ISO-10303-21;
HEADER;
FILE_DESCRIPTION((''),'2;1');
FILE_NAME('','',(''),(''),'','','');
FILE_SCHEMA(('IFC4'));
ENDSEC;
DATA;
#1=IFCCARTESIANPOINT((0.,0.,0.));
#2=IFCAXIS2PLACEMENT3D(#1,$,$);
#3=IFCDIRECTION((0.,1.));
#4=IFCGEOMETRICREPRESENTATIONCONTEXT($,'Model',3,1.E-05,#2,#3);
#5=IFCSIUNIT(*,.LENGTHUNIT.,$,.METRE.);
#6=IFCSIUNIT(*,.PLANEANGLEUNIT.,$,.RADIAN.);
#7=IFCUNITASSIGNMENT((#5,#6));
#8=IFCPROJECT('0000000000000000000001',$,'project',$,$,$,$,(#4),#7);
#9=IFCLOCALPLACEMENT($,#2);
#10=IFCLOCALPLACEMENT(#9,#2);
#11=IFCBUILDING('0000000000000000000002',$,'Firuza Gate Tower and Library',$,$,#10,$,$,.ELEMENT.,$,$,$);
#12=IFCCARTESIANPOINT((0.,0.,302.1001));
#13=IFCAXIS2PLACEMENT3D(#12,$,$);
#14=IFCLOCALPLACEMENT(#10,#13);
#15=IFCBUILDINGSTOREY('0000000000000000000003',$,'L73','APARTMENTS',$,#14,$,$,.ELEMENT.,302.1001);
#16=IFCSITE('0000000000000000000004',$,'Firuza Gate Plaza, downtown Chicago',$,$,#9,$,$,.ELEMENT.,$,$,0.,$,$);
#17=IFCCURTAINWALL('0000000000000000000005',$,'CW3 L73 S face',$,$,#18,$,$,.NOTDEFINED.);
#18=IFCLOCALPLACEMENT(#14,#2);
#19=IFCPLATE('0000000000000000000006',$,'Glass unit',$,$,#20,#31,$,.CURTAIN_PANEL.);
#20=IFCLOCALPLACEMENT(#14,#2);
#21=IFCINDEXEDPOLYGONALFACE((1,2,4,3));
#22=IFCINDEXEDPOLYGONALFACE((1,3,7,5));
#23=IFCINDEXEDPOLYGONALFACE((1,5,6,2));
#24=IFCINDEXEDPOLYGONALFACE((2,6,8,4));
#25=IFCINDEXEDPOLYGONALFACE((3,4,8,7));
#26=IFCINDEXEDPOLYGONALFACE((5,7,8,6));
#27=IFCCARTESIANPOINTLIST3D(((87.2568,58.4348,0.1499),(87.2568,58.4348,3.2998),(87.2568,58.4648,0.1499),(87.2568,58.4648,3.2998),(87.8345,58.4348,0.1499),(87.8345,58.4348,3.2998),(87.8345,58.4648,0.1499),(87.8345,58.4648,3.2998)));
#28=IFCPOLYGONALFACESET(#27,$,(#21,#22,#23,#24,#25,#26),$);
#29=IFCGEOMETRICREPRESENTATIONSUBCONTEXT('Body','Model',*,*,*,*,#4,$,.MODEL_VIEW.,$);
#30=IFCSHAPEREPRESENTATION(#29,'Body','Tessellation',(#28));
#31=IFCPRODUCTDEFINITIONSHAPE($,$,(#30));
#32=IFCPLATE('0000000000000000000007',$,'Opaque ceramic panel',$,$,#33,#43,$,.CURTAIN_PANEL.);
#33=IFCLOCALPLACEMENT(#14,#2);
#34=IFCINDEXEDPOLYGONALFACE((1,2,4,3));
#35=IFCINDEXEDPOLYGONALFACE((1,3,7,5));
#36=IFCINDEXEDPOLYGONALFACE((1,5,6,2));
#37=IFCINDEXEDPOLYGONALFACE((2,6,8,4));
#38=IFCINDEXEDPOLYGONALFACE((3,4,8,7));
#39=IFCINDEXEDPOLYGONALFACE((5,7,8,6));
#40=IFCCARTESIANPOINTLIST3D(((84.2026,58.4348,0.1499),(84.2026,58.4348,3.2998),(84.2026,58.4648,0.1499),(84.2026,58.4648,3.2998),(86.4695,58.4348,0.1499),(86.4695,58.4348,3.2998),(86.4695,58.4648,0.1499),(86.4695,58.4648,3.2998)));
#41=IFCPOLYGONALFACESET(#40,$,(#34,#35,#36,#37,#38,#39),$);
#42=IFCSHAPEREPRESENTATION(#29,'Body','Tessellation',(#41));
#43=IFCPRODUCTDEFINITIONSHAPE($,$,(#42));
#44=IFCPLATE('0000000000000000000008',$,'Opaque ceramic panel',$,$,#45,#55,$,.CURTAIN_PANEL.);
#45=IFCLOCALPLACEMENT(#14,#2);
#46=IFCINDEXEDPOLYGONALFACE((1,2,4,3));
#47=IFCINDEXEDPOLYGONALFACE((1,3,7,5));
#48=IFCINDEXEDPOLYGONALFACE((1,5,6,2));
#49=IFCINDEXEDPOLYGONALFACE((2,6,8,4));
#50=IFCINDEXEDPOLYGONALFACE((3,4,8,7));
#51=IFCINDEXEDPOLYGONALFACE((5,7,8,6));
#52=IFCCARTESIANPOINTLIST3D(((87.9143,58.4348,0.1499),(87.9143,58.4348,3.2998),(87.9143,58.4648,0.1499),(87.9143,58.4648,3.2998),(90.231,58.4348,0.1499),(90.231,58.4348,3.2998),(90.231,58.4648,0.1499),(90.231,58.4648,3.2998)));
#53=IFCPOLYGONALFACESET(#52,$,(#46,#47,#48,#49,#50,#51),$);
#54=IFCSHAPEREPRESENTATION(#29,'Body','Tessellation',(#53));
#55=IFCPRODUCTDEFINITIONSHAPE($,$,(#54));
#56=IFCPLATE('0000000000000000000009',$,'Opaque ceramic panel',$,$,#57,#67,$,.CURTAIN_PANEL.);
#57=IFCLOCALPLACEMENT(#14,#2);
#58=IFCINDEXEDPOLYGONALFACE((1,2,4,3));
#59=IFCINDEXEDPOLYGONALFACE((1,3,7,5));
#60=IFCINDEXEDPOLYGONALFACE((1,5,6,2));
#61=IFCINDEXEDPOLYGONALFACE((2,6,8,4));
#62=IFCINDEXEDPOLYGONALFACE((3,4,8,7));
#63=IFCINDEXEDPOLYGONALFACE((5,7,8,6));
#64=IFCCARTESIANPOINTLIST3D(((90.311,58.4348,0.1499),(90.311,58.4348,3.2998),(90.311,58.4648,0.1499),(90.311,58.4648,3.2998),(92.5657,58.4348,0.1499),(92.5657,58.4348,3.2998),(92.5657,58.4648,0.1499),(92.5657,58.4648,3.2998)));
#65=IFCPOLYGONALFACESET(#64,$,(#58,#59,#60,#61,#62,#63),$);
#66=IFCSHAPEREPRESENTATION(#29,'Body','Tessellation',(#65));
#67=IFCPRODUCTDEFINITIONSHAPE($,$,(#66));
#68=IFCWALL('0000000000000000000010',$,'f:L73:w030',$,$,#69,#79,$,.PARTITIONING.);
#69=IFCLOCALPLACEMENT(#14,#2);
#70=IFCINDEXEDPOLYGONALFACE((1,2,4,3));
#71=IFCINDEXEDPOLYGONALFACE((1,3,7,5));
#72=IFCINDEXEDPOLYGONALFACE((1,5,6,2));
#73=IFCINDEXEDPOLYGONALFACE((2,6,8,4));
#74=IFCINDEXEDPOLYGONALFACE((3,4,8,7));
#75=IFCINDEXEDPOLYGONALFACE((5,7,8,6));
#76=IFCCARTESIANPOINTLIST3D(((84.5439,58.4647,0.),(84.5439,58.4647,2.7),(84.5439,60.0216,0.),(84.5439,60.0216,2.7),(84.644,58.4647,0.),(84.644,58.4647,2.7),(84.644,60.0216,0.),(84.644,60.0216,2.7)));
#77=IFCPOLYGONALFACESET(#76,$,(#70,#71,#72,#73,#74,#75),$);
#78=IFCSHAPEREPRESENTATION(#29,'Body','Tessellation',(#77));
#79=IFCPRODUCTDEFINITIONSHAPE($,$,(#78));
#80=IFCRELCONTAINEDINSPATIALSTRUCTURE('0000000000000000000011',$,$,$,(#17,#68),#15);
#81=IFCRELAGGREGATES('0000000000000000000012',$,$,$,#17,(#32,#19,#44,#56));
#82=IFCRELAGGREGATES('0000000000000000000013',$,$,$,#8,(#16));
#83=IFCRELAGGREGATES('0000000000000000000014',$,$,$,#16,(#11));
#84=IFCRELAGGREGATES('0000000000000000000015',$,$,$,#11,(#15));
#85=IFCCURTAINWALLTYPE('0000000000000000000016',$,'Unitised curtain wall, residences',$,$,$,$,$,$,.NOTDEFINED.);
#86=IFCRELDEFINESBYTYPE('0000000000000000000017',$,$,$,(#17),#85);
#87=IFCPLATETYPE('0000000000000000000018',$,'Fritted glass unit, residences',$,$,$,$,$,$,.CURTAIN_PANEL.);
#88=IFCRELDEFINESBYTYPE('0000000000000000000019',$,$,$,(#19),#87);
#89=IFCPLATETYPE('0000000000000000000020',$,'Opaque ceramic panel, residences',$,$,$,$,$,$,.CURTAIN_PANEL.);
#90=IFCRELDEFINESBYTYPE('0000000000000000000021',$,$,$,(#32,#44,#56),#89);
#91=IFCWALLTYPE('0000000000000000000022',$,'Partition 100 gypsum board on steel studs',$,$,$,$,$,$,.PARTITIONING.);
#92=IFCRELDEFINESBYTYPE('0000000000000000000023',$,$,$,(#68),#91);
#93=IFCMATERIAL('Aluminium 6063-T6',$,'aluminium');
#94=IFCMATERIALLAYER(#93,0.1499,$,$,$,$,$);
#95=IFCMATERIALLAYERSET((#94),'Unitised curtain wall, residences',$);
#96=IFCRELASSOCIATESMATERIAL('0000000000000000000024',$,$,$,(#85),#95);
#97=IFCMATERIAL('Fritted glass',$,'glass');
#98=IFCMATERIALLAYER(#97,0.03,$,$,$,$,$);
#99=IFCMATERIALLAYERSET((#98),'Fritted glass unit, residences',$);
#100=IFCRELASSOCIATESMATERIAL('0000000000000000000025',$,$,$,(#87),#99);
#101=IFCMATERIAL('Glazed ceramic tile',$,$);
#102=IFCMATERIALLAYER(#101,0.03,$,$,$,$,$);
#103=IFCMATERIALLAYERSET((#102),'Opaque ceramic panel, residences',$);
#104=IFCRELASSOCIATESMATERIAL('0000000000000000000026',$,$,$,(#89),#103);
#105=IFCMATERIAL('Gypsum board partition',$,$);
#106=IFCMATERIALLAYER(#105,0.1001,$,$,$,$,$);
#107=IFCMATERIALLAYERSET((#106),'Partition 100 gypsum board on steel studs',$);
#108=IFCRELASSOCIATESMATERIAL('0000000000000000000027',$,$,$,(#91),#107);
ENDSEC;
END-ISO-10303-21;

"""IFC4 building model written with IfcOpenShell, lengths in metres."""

from ifc_helpers import new_model, si_unit, direction, frame, frame_2d, origin, place, context, subcontext, project, spatial, polyline, rectangle, outline, extrude, material, layer, layer_set, type_object, element, aggregate, save


model = new_model("IFC4")

# Units and contexts
model_context = context("Model", 3, precision=1e-05, world=origin(), true_north=direction((0.0, 1.0)))
body_context = subcontext(model_context, "Body", "Model", "MODEL_VIEW")
ifc_project = project(units=[si_unit("LENGTHUNIT", "METRE"), si_unit("PLANEANGLEUNIT", "RADIAN")], contexts=[model_context])

# Site, building, storey
site_placement = place(None, origin())
site = spatial("IfcSite", under=ifc_project, at=site_placement, Name="Firuza Gate Plaza, downtown Chicago", CompositionType="ELEMENT", RefElevation=0.0)
building_placement = place(site_placement, origin())
building = spatial("IfcBuilding", under=site, at=building_placement, Name="Firuza Gate Tower and Library", CompositionType="ELEMENT")
storey_placement = place(building_placement, frame((0.0, 0.0, 302.1001)))
storey = spatial("IfcBuildingStorey", under=building, at=storey_placement, Name="L73", Description="APARTMENTS", CompositionType="ELEMENT", Elevation=302.1001)

# Curtain wall
ifc_material_1 = material(Name="Aluminium 6063-T6", Category="aluminium")
ifc_layer_1 = layer(ifc_material_1, 0.1499)
ifc_layer_set_1 = layer_set([ifc_layer_1], Name="Unitised curtain wall, residences")
curtain_wall_type = type_object("IfcCurtainWallType", Name="Unitised curtain wall, residences", PredefinedType="NOTDEFINED", material=ifc_layer_set_1)
curtain_wall_placement = place(storey_placement, origin())
curtain_wall = element("IfcCurtainWall", 1, at=curtain_wall_placement, inside=storey, type_object=curtain_wall_type, Name="CW3 L73 S face", PredefinedType="NOTDEFINED")

# Plates
ifc_material_2 = material(Name="Fritted glass", Category="glass")
ifc_layer_2 = layer(ifc_material_2, 0.03)
ifc_layer_set_2 = layer_set([ifc_layer_2], Name="Fritted glass unit, residences")
plate_type_1 = type_object("IfcPlateType", Name="Fritted glass unit, residences", PredefinedType="CURTAIN_PANEL", material=ifc_layer_set_2)
plate_1_placement = place(storey_placement, frame((87.2568, 58.4348, 0.1499), z_axis=(0.0, -1.0, 0.0), x_axis=(1.0, 0.0, 0.0)))
plate_1 = element("IfcPlate", 2, at=plate_1_placement, type_object=plate_type_1, Name="Glass unit", PredefinedType="CURTAIN_PANEL", context=body_context, shape_type="SweptSolid", body=[
    extrude(outline(polyline([(0.0, 0.0), (0.5776, 0.0), (0.5776, 3.1499), (0.0, 3.1499), (0.0, 0.0)])), origin(), (0.0, 0.0, -1.0), 0.03),
])
ifc_material_3 = material(Name="Glazed ceramic tile")
ifc_layer_3 = layer(ifc_material_3, 0.03)
ifc_layer_set_3 = layer_set([ifc_layer_3], Name="Opaque ceramic panel, residences")
plate_type_2 = type_object("IfcPlateType", Name="Opaque ceramic panel, residences", PredefinedType="CURTAIN_PANEL", material=ifc_layer_set_3)
plate_2_placement = place(storey_placement, frame((84.2026, 58.4348, 0.1499), z_axis=(0.0, -1.0, 0.0), x_axis=(1.0, 0.0, 0.0)))
plate_2 = element("IfcPlate", 3, at=plate_2_placement, type_object=plate_type_2, Name="Opaque ceramic panel", PredefinedType="CURTAIN_PANEL", context=body_context, shape_type="SweptSolid", body=[
    extrude(outline(polyline([(0.0, 0.0), (2.2668, 0.0), (2.2668, 3.1499), (0.0, 3.1499), (0.0, 0.0)])), origin(), (0.0, 0.0, -1.0), 0.03),
])
plate_3_placement = place(storey_placement, frame((87.9143, 58.4348, 0.1499), z_axis=(0.0, -1.0, 0.0), x_axis=(1.0, 0.0, 0.0)))
plate_3 = element("IfcPlate", 4, at=plate_3_placement, type_object=plate_type_2, Name="Opaque ceramic panel", PredefinedType="CURTAIN_PANEL", context=body_context, shape_type="SweptSolid", body=[
    extrude(outline(polyline([(0.0, 0.0), (2.3167, 0.0), (2.3167, 3.1499), (0.0, 3.1499), (0.0, 0.0)])), origin(), (0.0, 0.0, -1.0), 0.03),
])
plate_4_placement = place(storey_placement, frame((90.311, 58.4348, 0.1499), z_axis=(0.0, -1.0, 0.0), x_axis=(1.0, 0.0, 0.0)))
plate_4 = element("IfcPlate", 5, at=plate_4_placement, type_object=plate_type_2, Name="Opaque ceramic panel", PredefinedType="CURTAIN_PANEL", context=body_context, shape_type="SweptSolid", body=[
    extrude(outline(polyline([(0.0, 0.0), (2.2546, 0.0), (2.2546, 3.1499), (0.0, 3.1499), (0.0, 0.0)])), origin(), (0.0, 0.0, -1.0), 0.03),
])
aggregate(curtain_wall, [plate_2, plate_1, plate_3, plate_4])

# Wall
ifc_material_4 = material(Name="Gypsum board partition")
ifc_layer_4 = layer(ifc_material_4, 0.1001)
ifc_layer_set_4 = layer_set([ifc_layer_4], Name="Partition 100 gypsum board on steel studs")
wall_type = type_object("IfcWallType", Name="Partition 100 gypsum board on steel studs", PredefinedType="PARTITIONING", material=ifc_layer_set_4)
wall_placement = place(storey_placement, frame((84.594, 58.4648, 0.0), z_axis=(0.0, 0.0, 1.0), x_axis=(0.0, 1.0, 0.0)))
element("IfcWall", 6, at=wall_placement, inside=storey, type_object=wall_type, Name="f:L73:w030", PredefinedType="PARTITIONING", context=body_context, shape_type="SweptSolid", body=[
    extrude(rectangle(XDim=1.5569, YDim=0.1001, at=frame_2d((0.7783, 0.0))), origin(), (0.0, 0.0, 1.0), 2.7),
])

save(model, "model.ifc")
